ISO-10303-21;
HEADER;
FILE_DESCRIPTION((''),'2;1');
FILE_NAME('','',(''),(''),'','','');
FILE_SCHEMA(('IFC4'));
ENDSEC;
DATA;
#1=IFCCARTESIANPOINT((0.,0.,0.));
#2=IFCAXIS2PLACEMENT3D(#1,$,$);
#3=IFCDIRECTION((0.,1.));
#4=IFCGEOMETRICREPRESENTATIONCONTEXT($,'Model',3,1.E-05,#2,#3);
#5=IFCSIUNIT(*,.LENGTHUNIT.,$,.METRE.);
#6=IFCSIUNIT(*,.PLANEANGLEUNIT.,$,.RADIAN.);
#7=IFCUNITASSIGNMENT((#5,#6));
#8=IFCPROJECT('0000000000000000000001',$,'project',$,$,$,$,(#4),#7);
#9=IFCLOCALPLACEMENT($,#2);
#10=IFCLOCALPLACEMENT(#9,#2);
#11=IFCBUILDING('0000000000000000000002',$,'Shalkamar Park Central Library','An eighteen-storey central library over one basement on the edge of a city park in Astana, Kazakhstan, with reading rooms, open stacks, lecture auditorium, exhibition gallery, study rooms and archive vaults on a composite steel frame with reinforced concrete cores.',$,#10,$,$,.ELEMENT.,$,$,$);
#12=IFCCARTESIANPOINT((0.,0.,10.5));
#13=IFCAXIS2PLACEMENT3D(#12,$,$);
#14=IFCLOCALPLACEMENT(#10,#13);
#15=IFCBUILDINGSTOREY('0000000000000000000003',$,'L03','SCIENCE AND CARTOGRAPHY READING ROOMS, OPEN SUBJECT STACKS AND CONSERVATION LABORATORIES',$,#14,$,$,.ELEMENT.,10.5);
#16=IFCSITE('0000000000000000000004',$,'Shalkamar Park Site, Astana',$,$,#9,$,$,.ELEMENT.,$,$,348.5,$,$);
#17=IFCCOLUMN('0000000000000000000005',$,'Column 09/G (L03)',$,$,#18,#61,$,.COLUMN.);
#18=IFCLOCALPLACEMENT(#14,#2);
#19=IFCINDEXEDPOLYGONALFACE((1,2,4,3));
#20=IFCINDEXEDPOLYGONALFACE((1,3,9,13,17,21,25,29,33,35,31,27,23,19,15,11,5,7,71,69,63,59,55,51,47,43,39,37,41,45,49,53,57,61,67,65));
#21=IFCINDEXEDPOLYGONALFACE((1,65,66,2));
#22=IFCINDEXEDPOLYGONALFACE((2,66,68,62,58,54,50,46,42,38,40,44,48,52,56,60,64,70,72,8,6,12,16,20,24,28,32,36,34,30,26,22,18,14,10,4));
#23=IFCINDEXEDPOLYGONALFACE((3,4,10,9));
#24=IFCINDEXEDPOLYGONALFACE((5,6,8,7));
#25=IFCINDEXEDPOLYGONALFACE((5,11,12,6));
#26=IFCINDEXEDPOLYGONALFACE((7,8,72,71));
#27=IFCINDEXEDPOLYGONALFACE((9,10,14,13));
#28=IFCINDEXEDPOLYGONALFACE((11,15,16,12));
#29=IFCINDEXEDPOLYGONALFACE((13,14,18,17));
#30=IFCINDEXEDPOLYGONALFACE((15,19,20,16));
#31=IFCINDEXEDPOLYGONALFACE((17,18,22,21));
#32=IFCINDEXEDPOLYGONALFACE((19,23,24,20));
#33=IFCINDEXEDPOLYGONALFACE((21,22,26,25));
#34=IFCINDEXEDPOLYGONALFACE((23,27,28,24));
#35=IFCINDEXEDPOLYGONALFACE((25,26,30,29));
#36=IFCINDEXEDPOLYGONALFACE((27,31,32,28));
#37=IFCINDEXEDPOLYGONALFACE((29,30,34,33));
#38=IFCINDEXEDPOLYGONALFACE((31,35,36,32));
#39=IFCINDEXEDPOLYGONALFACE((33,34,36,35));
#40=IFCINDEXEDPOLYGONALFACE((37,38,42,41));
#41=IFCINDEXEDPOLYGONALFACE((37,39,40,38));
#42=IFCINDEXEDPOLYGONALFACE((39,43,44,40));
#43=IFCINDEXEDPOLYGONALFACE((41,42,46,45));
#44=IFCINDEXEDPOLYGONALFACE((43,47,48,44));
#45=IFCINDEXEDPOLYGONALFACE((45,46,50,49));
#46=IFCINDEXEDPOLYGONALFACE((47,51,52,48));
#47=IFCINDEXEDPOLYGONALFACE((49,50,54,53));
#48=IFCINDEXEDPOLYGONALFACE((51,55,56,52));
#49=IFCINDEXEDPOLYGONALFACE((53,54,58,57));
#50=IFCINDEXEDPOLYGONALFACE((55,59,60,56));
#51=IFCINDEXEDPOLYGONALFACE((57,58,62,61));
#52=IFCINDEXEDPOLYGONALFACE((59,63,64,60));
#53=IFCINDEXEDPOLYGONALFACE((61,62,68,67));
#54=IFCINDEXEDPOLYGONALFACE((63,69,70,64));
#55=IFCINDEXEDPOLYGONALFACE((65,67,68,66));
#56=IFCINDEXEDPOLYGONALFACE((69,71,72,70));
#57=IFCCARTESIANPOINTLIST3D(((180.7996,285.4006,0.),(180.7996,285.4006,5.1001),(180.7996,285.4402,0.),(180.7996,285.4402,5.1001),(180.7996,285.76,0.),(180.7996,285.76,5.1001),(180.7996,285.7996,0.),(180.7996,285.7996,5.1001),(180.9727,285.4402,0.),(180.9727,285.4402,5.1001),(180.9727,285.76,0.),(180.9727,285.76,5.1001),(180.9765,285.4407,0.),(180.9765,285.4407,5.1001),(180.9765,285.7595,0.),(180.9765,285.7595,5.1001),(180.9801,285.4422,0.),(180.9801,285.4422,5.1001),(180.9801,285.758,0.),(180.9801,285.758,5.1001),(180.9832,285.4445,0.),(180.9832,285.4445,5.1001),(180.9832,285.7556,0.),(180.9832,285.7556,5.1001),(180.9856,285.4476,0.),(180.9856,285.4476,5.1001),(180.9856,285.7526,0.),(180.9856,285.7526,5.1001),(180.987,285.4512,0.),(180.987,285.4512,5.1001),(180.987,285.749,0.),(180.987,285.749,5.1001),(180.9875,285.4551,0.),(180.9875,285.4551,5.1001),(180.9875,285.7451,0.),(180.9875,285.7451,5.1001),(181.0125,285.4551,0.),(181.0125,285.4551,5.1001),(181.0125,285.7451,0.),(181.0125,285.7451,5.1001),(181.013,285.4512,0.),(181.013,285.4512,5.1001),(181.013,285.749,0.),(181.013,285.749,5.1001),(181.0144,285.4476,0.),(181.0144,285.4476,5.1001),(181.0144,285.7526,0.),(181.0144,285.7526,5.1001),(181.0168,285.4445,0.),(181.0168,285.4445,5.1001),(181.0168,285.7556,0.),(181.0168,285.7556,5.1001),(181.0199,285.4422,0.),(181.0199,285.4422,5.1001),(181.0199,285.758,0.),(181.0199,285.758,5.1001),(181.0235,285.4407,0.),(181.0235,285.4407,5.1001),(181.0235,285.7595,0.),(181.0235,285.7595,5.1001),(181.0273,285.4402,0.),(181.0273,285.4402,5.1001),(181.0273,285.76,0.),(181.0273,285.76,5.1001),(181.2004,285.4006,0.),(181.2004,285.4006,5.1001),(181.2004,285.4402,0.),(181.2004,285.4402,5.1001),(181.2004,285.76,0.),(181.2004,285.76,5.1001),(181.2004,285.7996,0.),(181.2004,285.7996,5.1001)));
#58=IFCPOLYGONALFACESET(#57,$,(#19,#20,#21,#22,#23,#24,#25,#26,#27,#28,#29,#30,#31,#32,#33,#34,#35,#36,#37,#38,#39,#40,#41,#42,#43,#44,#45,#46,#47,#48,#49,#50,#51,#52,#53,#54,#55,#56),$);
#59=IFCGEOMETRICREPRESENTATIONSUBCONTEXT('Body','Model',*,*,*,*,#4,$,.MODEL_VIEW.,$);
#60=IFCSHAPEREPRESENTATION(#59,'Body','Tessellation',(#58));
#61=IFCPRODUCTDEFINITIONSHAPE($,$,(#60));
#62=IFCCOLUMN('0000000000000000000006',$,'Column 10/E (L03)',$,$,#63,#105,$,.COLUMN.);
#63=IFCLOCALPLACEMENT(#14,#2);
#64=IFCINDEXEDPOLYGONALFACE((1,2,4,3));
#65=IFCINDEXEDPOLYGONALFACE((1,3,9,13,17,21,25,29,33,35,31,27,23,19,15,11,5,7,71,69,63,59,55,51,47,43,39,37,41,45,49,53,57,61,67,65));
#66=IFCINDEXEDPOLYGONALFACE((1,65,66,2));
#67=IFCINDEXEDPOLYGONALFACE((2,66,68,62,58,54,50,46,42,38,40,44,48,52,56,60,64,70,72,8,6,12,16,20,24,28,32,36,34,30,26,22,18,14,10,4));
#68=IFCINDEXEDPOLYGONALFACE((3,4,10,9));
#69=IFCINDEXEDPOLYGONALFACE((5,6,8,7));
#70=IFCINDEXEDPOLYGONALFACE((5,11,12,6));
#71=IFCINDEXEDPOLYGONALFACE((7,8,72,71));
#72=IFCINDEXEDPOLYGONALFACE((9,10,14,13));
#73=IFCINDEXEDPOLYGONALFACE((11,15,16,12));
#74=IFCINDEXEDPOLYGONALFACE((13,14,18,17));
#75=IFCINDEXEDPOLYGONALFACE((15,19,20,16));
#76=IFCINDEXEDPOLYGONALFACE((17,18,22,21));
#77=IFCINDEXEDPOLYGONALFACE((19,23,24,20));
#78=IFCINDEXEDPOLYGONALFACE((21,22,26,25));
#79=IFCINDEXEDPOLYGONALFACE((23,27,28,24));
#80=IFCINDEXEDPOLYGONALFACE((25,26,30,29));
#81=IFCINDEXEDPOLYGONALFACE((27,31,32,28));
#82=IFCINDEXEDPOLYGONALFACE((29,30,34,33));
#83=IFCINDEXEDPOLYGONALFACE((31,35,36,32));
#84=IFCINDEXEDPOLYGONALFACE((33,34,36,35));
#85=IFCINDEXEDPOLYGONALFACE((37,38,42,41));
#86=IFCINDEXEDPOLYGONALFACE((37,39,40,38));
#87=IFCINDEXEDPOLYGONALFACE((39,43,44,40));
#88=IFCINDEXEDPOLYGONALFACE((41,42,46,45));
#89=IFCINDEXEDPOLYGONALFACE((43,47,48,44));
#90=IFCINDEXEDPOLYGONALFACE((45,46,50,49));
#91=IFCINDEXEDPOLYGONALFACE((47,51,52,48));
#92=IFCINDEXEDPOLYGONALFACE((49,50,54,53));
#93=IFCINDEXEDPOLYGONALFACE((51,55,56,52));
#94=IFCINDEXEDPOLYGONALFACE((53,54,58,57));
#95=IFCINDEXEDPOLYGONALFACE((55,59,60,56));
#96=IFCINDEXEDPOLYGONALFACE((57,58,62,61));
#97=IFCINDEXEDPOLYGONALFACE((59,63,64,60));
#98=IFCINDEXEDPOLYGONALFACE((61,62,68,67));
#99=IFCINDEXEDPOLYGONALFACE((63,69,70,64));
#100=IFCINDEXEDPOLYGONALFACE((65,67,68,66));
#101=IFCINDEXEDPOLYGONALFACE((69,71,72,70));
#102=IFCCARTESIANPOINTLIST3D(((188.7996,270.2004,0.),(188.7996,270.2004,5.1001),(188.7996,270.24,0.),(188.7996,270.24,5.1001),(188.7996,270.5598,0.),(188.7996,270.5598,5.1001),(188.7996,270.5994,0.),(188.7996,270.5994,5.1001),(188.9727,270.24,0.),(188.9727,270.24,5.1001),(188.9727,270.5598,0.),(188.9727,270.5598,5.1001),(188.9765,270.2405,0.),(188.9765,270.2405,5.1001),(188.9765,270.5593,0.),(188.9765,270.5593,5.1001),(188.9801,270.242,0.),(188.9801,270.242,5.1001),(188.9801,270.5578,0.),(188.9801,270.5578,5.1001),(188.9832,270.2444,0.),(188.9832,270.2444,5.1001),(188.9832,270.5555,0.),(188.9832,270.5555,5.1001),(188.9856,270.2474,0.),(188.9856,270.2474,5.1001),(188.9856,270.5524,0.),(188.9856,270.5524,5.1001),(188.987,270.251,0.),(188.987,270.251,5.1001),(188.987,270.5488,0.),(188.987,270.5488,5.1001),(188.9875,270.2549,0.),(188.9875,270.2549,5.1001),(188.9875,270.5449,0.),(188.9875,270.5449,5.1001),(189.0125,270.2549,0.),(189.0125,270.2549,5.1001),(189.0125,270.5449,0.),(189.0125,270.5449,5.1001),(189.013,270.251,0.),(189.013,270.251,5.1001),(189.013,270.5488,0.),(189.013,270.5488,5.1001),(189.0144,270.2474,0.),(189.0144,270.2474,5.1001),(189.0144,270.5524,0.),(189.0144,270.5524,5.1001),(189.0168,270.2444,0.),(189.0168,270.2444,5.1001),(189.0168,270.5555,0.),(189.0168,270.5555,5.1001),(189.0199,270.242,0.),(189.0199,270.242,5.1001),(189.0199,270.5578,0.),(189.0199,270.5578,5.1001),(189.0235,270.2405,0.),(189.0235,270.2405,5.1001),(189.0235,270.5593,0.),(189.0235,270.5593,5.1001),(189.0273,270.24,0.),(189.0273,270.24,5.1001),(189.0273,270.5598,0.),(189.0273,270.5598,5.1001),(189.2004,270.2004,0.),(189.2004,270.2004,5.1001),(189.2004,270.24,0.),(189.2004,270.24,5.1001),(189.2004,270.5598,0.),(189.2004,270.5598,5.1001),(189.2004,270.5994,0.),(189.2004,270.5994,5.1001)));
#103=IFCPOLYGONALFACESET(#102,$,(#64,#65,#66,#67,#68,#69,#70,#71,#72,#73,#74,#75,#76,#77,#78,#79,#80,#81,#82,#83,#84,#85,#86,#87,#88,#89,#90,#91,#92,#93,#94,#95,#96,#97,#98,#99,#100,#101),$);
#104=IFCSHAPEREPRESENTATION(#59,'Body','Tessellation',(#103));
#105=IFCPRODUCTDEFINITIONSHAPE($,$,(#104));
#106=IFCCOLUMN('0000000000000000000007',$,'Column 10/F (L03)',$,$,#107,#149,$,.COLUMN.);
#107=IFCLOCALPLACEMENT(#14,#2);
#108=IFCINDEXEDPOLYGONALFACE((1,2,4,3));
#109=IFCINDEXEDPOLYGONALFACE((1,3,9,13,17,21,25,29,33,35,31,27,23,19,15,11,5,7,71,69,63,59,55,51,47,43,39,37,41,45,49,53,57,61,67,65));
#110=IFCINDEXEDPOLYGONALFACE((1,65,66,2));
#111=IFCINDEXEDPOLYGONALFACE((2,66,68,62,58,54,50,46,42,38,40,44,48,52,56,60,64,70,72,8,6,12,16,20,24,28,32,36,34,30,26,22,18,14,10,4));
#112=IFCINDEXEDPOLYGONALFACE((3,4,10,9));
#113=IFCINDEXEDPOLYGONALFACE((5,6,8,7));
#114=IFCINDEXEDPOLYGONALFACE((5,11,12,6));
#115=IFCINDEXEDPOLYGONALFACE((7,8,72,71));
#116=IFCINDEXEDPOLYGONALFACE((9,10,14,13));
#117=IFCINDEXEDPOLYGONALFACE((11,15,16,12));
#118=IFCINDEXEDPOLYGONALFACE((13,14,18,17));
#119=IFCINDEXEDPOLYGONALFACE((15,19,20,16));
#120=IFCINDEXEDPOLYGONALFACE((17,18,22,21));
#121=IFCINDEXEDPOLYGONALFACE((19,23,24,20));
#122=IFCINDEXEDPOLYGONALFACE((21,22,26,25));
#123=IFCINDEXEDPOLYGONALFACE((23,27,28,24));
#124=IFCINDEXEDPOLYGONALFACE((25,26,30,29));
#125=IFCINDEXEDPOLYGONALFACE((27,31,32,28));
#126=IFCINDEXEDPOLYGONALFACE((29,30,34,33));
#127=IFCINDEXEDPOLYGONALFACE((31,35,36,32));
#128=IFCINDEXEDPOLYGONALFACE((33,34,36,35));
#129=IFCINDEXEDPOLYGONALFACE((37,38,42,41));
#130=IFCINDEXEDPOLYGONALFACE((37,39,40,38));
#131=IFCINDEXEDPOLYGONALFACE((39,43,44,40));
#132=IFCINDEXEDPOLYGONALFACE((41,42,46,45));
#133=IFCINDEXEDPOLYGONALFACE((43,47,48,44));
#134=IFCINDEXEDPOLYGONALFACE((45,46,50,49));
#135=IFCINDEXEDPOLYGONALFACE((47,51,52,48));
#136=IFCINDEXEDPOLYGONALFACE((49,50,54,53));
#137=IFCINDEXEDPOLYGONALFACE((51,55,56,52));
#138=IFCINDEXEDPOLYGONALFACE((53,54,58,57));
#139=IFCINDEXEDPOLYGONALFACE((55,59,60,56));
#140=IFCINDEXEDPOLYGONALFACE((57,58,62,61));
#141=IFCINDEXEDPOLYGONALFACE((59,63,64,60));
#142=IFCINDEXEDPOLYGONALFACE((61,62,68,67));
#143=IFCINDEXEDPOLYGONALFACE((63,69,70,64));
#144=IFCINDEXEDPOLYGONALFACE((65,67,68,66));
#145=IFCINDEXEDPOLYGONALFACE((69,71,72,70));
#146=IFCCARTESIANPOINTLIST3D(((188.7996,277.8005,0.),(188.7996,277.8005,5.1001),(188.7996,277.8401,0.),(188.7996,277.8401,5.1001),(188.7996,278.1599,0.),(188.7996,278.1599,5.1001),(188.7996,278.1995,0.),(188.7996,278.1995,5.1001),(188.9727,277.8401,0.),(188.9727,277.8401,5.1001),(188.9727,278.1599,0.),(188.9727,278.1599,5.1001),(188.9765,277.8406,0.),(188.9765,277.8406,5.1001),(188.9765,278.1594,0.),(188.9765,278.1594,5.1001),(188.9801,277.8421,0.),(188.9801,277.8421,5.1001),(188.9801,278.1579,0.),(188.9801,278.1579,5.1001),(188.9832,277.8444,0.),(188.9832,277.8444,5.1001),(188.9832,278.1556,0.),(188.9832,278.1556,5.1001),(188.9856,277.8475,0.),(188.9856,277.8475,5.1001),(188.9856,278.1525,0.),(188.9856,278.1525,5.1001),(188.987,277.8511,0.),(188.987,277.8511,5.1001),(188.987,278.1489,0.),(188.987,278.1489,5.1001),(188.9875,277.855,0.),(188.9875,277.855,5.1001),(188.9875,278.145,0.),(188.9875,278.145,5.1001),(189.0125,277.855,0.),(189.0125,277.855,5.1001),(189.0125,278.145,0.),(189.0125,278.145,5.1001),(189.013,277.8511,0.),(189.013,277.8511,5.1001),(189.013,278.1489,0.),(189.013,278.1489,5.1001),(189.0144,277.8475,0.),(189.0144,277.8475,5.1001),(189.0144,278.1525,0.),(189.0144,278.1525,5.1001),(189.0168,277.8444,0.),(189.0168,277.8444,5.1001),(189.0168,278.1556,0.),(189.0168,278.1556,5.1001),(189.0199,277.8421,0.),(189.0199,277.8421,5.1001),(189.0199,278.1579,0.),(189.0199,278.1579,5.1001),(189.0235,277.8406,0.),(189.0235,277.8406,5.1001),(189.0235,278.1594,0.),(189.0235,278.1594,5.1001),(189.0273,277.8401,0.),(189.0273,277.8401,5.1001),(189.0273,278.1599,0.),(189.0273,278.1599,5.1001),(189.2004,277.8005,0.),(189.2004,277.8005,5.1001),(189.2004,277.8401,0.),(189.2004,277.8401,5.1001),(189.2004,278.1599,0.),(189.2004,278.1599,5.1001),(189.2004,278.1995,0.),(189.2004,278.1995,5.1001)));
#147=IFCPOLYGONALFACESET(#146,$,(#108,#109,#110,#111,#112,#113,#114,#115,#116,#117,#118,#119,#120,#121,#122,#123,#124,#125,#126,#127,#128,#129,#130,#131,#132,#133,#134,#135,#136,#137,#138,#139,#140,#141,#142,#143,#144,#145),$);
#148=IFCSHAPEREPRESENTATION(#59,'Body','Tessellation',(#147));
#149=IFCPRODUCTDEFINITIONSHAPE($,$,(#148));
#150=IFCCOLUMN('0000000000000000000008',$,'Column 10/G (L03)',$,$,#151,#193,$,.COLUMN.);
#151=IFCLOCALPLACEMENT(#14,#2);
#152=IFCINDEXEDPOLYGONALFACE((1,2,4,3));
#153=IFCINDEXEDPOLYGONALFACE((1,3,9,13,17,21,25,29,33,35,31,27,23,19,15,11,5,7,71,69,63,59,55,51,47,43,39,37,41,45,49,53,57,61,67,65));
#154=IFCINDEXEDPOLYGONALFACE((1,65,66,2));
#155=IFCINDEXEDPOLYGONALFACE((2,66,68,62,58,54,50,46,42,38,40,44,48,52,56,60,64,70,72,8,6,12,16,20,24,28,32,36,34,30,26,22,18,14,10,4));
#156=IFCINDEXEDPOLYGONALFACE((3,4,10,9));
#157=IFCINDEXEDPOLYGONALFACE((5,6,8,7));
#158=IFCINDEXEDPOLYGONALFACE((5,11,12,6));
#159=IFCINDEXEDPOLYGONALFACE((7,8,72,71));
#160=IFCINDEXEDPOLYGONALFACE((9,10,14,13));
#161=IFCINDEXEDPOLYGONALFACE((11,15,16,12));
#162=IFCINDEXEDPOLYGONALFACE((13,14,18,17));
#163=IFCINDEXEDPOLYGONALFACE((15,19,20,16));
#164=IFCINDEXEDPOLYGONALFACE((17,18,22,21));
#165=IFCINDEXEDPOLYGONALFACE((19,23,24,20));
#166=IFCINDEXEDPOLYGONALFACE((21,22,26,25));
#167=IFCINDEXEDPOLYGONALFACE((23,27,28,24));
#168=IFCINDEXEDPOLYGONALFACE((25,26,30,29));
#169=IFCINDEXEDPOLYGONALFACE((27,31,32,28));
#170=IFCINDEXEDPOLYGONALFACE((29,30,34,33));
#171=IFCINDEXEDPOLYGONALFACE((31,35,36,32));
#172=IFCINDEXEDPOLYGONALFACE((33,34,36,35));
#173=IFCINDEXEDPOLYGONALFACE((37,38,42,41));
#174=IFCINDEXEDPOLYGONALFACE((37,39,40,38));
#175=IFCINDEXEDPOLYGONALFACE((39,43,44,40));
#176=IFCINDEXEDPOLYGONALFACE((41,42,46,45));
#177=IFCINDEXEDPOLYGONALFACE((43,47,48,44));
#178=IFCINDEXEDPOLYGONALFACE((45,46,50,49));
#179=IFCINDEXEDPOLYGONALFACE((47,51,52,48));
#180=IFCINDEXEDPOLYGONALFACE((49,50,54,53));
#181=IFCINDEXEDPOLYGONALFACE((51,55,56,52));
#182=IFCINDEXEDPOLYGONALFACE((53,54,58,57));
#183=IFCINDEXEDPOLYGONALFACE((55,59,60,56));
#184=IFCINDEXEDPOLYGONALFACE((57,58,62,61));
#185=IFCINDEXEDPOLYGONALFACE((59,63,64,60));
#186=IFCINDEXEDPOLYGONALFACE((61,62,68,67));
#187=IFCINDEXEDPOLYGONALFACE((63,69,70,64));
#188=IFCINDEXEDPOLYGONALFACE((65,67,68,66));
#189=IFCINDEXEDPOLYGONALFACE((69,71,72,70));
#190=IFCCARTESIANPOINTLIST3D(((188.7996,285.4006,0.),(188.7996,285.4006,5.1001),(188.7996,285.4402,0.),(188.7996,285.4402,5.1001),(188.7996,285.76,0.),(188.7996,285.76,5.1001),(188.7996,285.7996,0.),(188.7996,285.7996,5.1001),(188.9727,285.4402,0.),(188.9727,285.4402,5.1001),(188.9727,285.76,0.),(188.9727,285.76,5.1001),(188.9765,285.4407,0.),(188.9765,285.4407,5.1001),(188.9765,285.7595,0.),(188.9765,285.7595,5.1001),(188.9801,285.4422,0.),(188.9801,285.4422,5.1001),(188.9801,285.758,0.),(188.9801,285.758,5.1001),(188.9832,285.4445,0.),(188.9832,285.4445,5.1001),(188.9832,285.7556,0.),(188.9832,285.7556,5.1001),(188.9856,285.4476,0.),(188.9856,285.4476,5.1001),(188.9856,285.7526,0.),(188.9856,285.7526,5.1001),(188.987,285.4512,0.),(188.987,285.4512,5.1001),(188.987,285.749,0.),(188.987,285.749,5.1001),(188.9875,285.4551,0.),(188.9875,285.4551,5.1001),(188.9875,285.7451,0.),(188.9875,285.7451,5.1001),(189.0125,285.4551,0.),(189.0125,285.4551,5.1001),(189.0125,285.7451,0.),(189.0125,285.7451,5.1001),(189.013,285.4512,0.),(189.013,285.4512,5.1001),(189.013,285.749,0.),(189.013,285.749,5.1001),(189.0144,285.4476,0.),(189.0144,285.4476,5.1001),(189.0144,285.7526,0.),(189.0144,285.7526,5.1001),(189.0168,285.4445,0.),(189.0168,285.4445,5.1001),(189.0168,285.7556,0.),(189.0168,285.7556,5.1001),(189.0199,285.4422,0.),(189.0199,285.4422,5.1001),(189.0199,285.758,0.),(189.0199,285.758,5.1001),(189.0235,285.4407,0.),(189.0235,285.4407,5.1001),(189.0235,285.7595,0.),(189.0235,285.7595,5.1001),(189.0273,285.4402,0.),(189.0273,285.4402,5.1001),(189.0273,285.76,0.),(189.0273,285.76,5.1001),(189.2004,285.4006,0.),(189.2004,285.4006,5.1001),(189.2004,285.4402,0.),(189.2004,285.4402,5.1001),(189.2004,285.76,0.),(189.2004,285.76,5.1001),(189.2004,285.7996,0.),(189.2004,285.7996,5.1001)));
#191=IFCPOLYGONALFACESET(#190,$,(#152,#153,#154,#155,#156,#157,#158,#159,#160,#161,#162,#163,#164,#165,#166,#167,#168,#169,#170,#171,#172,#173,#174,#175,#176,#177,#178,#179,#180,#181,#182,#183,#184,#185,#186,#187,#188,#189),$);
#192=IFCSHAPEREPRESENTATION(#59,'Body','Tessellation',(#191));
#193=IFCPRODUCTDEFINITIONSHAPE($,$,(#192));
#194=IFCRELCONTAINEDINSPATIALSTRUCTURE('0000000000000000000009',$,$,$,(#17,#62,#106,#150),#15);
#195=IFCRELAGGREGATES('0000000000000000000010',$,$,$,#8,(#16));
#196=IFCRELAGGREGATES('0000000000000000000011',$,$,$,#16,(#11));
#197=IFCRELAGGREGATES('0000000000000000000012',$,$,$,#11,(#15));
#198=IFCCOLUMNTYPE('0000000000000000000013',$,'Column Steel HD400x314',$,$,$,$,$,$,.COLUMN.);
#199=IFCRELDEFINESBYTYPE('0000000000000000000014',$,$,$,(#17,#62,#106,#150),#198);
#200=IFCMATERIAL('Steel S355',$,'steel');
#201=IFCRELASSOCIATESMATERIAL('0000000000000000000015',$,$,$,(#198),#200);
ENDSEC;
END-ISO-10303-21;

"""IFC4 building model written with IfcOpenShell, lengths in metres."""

from ifc_helpers import new_model, si_unit, direction, frame, origin, origin_2d, place, context, subcontext, project, spatial, i_section, extrude, material, material_profile, profile_set, type_object, element, save


model = new_model("IFC4")

# Units and contexts
model_context = context("Model", 3, precision=1e-05, world=origin(), true_north=direction((0.0, 1.0)))
body_context = subcontext(model_context, "Body", "Model", "MODEL_VIEW")
ifc_project = project(units=[si_unit("LENGTHUNIT", "METRE"), si_unit("PLANEANGLEUNIT", "RADIAN")], contexts=[model_context])

# Site, building, storey
site_placement = place(None, origin())
site = spatial("IfcSite", under=ifc_project, at=site_placement, Name="Shalkamar Park Site, Astana", CompositionType="ELEMENT", RefElevation=348.5)
building_placement = place(site_placement, origin())
building = spatial("IfcBuilding", under=site, at=building_placement, Name="Shalkamar Park Central Library", Description="An eighteen-storey central library over one basement on the edge of a city park in Astana, Kazakhstan, with reading rooms, open stacks, lecture auditorium, exhibition gallery, study rooms and archive vaults on a composite steel frame with reinforced concrete cores.", CompositionType="ELEMENT")
storey_placement = place(building_placement, frame((0.0, 0.0, 10.5)))
storey = spatial("IfcBuildingStorey", under=building, at=storey_placement, Name="L03", Description="SCIENCE AND CARTOGRAPHY READING ROOMS, OPEN SUBJECT STACKS AND CONSERVATION LABORATORIES", CompositionType="ELEMENT", Elevation=10.5)

# Columns
ifc_material = material(Name="Steel S355", Category="steel")
ifc_material_profile_1 = material_profile(ifc_material, i_section(OverallWidth=0.4009, OverallDepth=0.3989, WebThickness=0.0249, FlangeThickness=0.0396, FilletRadius=0.0149, at=origin_2d()), Name="HD 400x314")
ifc_profile_set_1 = profile_set([ifc_material_profile_1], Name="Steel S355")
column_type = type_object("IfcColumnType", Name="Column Steel HD400x314", PredefinedType="COLUMN", material=ifc_profile_set_1)
for number, where, z_axis, x_axis, name in (
    (1, (181.0, 285.6001, 0.0), (0.0, 0.0, 1.0), (1.0, 0.0, 0.0), "Column 09/G (L03)"),
    (2, (189.0, 270.3999, 0.0), (0.0, 0.0, 1.0), (1.0, 0.0, 0.0), "Column 10/E (L03)"),
    (3, (189.0, 278.0, 0.0), (0.0, 0.0, 1.0), (1.0, 0.0, 0.0), "Column 10/F (L03)"),
    (4, (189.0, 285.6001, 0.0), (0.0, 0.0, 1.0), (1.0, 0.0, 0.0), "Column 10/G (L03)"),
):
    element("IfcColumn", number, at=place(storey_placement, frame(where, z_axis=z_axis, x_axis=x_axis)), inside=storey, type_object=column_type, Name=name, PredefinedType="COLUMN", context=body_context, shape_type="SweptSolid", body=[
        extrude(i_section(OverallWidth=0.4009, OverallDepth=0.3989, WebThickness=0.0249, FlangeThickness=0.0396, FilletRadius=0.0149, at=origin_2d()), origin(), (0.0, 0.0, 1.0), 5.1001),
    ])

save(model, "model.ifc")
